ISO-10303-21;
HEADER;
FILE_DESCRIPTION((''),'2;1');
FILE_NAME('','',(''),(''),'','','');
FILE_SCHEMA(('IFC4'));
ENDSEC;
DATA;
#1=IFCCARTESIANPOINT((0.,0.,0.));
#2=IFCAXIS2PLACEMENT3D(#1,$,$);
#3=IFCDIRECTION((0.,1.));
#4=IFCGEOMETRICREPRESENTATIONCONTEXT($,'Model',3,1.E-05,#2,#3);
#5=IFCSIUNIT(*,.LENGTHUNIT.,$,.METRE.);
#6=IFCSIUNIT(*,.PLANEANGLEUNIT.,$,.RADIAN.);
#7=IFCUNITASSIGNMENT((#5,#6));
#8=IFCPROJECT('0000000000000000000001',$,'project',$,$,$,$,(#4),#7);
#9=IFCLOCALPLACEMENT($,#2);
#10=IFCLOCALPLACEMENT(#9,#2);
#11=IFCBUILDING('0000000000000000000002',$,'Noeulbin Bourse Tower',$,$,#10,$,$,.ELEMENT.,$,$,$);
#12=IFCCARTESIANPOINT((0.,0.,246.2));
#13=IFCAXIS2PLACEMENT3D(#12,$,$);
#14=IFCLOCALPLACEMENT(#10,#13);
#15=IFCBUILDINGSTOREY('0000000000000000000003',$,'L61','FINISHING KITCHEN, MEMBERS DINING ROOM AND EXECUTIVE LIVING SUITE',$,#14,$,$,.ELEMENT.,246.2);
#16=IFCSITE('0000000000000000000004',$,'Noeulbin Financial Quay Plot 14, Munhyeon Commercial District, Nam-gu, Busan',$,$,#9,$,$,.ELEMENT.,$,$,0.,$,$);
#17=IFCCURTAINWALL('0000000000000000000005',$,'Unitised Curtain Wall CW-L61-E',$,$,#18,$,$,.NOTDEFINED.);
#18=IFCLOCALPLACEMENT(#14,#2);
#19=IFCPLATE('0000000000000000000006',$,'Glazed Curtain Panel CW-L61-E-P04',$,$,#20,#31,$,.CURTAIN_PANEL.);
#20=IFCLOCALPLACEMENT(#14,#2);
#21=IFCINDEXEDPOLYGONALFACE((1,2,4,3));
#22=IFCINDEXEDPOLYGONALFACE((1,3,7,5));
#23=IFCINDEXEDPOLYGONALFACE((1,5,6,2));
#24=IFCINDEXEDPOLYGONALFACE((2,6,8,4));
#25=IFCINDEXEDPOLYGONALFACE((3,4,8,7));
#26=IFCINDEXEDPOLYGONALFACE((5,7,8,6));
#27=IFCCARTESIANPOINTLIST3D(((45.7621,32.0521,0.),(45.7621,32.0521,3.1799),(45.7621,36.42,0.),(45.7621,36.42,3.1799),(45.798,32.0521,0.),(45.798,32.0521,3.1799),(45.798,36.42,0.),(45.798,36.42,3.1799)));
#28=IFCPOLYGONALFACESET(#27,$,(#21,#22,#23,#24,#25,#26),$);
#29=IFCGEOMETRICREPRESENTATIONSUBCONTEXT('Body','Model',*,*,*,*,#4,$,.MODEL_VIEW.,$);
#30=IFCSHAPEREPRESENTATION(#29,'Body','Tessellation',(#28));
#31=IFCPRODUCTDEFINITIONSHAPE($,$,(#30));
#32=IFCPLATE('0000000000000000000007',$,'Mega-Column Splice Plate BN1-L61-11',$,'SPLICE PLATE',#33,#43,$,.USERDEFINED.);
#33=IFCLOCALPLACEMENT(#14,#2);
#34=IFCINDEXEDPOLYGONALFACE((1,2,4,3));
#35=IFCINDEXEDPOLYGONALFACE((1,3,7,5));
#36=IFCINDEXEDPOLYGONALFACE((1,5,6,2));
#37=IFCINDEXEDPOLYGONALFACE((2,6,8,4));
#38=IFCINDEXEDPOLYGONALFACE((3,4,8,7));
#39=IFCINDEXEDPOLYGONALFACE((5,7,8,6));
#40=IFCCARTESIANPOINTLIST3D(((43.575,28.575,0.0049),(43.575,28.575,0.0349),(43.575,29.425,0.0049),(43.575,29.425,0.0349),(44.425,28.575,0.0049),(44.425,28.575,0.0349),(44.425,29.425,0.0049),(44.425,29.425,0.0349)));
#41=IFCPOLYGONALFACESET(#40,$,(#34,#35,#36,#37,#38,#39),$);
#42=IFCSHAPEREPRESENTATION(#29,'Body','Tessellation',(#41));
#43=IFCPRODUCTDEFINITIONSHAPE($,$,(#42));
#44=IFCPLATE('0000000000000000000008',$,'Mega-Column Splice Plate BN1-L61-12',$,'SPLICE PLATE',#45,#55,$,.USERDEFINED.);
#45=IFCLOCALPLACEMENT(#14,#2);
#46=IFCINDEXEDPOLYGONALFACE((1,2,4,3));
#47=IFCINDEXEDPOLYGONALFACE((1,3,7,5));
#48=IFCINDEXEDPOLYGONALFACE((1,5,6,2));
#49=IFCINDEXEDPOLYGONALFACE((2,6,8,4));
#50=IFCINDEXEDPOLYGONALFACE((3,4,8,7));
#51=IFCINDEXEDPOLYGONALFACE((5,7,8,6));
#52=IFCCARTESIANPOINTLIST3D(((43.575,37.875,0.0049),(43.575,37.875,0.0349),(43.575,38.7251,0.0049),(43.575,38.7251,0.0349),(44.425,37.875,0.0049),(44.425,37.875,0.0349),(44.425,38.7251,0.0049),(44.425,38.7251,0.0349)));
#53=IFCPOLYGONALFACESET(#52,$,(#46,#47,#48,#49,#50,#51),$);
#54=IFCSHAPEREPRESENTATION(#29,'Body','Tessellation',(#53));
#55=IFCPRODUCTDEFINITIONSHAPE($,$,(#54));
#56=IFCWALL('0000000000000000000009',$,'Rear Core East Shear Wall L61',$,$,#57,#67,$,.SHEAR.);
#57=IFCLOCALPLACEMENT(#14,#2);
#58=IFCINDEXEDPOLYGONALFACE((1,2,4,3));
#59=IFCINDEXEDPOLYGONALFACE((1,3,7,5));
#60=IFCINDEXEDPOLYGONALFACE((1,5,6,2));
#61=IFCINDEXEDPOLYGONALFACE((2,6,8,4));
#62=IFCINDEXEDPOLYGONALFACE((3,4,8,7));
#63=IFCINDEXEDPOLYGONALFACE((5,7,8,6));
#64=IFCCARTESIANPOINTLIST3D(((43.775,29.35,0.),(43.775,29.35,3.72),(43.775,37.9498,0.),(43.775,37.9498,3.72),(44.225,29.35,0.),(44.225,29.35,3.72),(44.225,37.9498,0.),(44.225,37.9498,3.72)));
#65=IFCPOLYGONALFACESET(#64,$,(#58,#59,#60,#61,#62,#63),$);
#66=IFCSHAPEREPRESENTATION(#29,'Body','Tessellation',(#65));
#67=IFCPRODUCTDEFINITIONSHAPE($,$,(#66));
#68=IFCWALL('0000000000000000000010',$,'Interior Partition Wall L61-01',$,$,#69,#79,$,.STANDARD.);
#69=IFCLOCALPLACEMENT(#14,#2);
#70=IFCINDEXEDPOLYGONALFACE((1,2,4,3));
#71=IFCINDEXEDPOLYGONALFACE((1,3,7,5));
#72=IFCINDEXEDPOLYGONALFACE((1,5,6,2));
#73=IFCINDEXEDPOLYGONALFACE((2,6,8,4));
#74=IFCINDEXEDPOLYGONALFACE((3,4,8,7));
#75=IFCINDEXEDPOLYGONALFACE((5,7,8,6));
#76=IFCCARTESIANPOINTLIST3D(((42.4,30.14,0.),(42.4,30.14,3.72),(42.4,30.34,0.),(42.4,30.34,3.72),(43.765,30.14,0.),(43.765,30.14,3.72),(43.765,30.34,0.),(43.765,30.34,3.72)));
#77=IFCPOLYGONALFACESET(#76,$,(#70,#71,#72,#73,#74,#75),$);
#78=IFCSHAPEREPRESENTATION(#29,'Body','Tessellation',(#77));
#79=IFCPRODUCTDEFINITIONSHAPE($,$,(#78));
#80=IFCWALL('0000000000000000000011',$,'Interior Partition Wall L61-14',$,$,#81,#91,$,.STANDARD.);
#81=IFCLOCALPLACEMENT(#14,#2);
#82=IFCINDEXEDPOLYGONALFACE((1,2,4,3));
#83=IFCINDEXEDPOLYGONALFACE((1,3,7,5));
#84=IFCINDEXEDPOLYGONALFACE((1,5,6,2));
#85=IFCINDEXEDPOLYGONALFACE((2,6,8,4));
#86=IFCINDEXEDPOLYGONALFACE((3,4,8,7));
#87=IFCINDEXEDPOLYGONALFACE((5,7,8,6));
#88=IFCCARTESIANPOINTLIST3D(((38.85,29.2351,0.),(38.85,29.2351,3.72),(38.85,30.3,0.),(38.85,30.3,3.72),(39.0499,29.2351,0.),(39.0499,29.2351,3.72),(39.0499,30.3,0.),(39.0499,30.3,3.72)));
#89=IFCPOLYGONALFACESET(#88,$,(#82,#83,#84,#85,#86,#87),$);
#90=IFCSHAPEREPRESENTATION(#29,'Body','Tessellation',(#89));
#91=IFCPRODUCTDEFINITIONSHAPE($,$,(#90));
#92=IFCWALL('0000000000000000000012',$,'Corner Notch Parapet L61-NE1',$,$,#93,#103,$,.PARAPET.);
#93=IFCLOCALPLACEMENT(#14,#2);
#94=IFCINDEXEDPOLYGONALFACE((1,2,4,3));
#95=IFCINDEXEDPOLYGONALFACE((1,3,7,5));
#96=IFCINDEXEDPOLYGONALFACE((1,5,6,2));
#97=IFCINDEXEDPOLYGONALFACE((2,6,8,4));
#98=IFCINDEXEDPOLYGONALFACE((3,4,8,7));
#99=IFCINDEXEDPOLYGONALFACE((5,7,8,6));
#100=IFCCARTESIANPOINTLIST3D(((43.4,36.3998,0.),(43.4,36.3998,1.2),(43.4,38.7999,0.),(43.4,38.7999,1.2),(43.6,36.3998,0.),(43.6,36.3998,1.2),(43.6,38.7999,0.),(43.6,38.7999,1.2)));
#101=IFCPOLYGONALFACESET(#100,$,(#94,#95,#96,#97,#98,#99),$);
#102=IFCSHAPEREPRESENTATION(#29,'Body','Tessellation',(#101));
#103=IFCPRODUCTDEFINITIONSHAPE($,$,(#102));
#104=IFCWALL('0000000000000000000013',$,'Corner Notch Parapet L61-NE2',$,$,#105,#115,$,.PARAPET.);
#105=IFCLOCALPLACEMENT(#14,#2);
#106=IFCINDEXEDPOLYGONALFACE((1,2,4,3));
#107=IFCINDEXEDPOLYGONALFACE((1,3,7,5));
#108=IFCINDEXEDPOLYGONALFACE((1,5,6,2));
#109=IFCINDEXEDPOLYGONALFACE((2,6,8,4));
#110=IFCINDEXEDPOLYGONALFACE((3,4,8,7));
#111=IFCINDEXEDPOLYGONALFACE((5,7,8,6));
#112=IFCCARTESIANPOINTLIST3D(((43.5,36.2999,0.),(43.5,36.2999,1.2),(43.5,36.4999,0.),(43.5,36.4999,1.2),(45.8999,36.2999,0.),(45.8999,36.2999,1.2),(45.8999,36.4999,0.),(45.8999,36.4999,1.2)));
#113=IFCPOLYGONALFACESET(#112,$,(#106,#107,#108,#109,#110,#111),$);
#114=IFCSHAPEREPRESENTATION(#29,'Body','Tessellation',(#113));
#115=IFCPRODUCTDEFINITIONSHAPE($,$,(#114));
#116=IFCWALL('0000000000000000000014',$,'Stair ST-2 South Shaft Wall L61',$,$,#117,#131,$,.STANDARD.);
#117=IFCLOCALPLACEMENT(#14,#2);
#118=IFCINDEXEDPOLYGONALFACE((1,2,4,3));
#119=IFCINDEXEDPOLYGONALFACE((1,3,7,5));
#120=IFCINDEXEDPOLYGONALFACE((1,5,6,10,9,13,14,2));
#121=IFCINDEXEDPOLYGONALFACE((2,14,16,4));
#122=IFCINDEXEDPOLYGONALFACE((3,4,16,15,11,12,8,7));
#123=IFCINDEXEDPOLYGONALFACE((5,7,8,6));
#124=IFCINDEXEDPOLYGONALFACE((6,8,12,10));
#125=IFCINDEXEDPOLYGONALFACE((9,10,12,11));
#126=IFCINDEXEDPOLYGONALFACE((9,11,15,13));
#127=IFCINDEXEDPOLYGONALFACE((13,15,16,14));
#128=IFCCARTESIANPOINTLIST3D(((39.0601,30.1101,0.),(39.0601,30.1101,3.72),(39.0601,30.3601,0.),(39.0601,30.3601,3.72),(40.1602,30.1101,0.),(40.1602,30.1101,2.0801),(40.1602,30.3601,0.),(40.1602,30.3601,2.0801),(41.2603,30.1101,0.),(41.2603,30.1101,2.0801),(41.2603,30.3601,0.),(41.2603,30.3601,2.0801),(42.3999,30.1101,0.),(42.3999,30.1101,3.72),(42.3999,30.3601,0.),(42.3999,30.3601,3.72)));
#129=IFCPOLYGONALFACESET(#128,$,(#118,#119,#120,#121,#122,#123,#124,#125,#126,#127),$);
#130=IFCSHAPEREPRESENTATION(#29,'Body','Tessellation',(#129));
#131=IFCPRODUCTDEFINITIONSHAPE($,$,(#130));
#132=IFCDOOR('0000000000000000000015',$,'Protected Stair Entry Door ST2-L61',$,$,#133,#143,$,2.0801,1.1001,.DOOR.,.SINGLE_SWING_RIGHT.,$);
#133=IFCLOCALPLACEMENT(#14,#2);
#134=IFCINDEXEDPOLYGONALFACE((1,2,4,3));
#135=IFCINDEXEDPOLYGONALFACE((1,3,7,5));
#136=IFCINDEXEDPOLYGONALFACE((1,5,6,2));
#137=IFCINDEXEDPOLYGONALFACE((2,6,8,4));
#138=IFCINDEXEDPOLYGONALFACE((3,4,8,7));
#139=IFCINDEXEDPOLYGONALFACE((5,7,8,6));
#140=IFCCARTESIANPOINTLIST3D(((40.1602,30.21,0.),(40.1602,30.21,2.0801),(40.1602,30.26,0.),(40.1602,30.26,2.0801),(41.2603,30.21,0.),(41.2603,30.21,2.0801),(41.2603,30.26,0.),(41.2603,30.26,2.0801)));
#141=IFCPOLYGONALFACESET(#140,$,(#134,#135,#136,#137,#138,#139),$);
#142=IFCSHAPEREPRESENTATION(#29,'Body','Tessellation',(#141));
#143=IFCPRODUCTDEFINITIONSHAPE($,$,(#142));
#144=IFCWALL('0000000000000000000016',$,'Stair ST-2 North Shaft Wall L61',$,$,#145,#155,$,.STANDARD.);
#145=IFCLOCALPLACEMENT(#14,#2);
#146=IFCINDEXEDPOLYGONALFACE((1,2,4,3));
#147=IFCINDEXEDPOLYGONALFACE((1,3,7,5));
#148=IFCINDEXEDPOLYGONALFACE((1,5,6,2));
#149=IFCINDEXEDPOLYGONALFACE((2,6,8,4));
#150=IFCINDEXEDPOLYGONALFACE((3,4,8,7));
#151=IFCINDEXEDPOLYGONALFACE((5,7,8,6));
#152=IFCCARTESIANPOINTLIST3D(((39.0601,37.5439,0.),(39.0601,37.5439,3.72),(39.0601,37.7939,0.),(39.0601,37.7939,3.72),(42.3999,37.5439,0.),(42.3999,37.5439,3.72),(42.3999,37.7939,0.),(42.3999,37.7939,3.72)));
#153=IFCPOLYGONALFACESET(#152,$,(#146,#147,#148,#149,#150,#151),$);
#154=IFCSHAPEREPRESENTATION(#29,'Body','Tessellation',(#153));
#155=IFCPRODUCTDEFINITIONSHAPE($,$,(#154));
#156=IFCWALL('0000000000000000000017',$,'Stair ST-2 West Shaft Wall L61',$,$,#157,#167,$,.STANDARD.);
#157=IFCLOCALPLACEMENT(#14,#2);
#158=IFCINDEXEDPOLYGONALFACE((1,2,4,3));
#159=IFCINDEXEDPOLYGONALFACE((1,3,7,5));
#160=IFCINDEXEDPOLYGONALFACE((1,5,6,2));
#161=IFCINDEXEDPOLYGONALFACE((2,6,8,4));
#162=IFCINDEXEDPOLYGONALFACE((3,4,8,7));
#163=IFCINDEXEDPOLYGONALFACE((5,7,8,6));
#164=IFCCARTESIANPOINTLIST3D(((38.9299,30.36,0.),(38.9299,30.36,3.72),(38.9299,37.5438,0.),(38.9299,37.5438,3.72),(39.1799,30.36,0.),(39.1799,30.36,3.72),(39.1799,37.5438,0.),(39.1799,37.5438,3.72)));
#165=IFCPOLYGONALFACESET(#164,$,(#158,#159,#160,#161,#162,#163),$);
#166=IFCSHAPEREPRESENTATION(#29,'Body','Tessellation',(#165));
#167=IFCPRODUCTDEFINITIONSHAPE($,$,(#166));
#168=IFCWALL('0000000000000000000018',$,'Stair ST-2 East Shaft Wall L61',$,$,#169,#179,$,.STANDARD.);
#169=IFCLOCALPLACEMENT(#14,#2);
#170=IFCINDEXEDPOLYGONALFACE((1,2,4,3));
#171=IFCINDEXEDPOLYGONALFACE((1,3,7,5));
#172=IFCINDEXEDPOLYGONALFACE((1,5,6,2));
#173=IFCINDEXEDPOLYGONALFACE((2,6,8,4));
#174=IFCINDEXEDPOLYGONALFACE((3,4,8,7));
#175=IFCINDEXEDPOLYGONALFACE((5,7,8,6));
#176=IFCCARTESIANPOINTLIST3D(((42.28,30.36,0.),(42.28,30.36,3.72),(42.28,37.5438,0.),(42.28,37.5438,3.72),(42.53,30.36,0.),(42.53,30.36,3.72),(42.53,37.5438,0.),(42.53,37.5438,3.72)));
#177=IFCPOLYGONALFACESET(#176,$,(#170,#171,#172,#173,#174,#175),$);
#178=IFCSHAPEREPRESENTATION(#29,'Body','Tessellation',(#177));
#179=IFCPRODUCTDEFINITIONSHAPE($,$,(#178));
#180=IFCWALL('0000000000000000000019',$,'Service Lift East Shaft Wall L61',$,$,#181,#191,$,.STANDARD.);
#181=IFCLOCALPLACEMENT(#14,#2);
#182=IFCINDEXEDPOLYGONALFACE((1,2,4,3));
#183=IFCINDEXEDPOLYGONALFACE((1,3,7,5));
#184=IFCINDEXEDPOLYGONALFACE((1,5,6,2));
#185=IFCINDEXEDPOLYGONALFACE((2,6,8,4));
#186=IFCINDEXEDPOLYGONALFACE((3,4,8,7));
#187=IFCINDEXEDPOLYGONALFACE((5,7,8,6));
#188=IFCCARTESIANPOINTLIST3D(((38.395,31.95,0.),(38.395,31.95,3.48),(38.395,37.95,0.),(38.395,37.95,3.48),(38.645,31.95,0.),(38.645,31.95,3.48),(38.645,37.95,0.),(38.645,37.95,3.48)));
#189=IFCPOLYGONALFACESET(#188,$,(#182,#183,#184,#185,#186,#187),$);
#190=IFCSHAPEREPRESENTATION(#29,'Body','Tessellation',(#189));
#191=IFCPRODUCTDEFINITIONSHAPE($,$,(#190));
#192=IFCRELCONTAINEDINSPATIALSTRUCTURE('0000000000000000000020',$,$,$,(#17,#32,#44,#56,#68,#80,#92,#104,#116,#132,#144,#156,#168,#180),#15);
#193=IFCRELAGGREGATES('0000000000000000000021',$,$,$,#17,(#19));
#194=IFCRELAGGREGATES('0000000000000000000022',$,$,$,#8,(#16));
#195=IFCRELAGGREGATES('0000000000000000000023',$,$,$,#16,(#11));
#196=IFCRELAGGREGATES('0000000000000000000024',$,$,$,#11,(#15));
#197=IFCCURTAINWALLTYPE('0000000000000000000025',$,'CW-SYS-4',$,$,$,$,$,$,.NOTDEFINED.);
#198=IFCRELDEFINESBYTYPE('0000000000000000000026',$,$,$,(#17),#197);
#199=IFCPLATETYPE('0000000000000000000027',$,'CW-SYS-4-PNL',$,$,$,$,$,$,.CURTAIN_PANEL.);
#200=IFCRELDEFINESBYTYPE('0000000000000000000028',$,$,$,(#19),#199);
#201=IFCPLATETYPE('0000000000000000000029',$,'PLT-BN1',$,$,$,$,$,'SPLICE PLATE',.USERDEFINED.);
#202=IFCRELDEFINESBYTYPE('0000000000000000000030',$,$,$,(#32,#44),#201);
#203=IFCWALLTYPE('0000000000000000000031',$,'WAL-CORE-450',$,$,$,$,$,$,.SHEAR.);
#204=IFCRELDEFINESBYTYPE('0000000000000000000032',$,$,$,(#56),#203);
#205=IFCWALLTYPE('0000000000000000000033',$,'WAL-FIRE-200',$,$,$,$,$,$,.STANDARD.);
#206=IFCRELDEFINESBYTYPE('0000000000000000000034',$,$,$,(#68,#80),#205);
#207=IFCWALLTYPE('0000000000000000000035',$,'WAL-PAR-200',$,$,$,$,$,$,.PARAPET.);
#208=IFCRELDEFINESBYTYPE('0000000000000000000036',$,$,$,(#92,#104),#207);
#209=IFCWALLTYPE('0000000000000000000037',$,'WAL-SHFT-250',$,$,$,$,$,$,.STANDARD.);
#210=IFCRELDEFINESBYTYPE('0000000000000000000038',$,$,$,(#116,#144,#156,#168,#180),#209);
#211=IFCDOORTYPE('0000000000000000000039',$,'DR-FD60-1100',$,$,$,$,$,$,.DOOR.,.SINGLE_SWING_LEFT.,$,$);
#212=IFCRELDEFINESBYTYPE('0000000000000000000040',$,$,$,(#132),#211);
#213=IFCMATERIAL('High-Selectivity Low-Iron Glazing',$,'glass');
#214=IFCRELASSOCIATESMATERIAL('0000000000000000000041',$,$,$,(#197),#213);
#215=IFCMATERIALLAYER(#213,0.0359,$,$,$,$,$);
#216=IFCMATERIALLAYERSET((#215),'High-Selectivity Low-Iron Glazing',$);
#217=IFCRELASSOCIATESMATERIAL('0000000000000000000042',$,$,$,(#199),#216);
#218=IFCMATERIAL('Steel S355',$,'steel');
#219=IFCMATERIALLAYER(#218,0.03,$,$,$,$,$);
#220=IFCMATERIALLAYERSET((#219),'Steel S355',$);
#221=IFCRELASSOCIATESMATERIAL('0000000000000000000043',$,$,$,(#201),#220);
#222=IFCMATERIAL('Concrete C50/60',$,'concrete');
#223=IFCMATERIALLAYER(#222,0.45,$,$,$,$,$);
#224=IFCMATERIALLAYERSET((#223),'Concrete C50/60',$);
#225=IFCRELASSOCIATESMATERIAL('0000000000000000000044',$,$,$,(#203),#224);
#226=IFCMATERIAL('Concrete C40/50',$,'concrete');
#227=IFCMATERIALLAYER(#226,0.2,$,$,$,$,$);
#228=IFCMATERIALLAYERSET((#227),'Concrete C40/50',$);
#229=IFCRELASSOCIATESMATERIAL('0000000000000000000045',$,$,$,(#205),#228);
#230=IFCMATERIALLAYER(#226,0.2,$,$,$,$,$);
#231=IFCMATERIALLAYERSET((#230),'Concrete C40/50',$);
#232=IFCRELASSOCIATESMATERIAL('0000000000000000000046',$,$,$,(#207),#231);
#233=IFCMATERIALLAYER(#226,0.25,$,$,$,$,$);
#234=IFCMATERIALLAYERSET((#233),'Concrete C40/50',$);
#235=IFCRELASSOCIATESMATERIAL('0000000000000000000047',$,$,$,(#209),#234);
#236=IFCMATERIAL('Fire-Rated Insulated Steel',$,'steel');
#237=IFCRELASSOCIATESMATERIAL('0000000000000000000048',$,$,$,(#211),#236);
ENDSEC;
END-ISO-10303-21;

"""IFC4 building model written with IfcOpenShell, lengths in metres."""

from ifc_helpers import new_model, si_unit, direction, frame, frame_2d, origin, origin_2d, place, context, subcontext, project, spatial, rectangle, extrude, material, layer, layer_set, type_object, element, fill, aggregate, save


model = new_model("IFC4")

# Units and contexts
model_context = context("Model", 3, precision=1e-05, world=origin(), true_north=direction((0.0, 1.0)))
body_context = subcontext(model_context, "Body", "Model", "MODEL_VIEW")
ifc_project = project(units=[si_unit("LENGTHUNIT", "METRE"), si_unit("PLANEANGLEUNIT", "RADIAN")], contexts=[model_context])

# Site, building, storey
site_placement = place(None, origin())
site = spatial("IfcSite", under=ifc_project, at=site_placement, Name="Noeulbin Financial Quay Plot 14, Munhyeon Commercial District, Nam-gu, Busan", CompositionType="ELEMENT", RefElevation=0.0)
building_placement = place(site_placement, origin())
building = spatial("IfcBuilding", under=site, at=building_placement, Name="Noeulbin Bourse Tower", CompositionType="ELEMENT")
storey_placement = place(building_placement, frame((0.0, 0.0, 246.2)))
storey = spatial("IfcBuildingStorey", under=building, at=storey_placement, Name="L61", Description="FINISHING KITCHEN, MEMBERS DINING ROOM AND EXECUTIVE LIVING SUITE", CompositionType="ELEMENT", Elevation=246.2)

# Shared definitions
ifc_material_1 = material(Name="Steel S355", Category="steel")

# Curtain wall
ifc_material_2 = material(Name="High-Selectivity Low-Iron Glazing", Category="glass")
curtain_wall_type = type_object("IfcCurtainWallType", Name="CW-SYS-4", PredefinedType="NOTDEFINED", material=ifc_material_2)
curtain_wall_1_placement = place(storey_placement, origin())
curtain_wall_1 = element("IfcCurtainWall", 1, at=curtain_wall_1_placement, inside=storey, type_object=curtain_wall_type, Name="Unitised Curtain Wall CW-L61-E", PredefinedType="NOTDEFINED")

# Plate
ifc_layer_1 = layer(ifc_material_2, 0.0359)
ifc_layer_set_1 = layer_set([ifc_layer_1], Name="High-Selectivity Low-Iron Glazing")
plate_type_1 = type_object("IfcPlateType", Name="CW-SYS-4-PNL", PredefinedType="CURTAIN_PANEL", material=ifc_layer_set_1)
plate_1_placement = place(storey_placement, frame((45.78, 34.2361, 0.0), z_axis=(0.0, 0.0, 1.0), x_axis=(0.0, 1.0, 0.0)))
plate_1 = element("IfcPlate", 2, at=plate_1_placement, type_object=plate_type_1, Name="Glazed Curtain Panel CW-L61-E-P04", PredefinedType="CURTAIN_PANEL", context=body_context, shape_type="SweptSolid", body=[
    extrude(rectangle(XDim=4.3679, YDim=0.0359, at=origin_2d()), origin(), (0.0, 0.0, 1.0), 3.1799),
])
aggregate(curtain_wall_1, [plate_1])

# Plates
ifc_layer_2 = layer(ifc_material_1, 0.03)
ifc_layer_set_2 = layer_set([ifc_layer_2], Name="Steel S355")
plate_type_2 = type_object("IfcPlateType", Name="PLT-BN1", ElementType="SPLICE PLATE", PredefinedType="USERDEFINED", material=ifc_layer_set_2)
for number, where, z_axis, x_axis, name in (
    (3, (44.0, 29.0, 0.0049), (0.0, 0.0, 1.0), (1.0, 0.0, 0.0), "Mega-Column Splice Plate BN1-L61-11"),
    (4, (44.0, 38.3, 0.0049), (0.0, 0.0, 1.0), (1.0, 0.0, 0.0), "Mega-Column Splice Plate BN1-L61-12"),
):
    element("IfcPlate", number, at=place(storey_placement, frame(where, z_axis=z_axis, x_axis=x_axis)), inside=storey, type_object=plate_type_2, Name=name, ObjectType="SPLICE PLATE", PredefinedType="USERDEFINED", context=body_context, shape_type="SweptSolid", body=[
        extrude(rectangle(XDim=0.8501, YDim=0.8501, at=origin_2d()), origin(), (0.0, 0.0, 1.0), 0.03),
    ])

# Walls
ifc_material_3 = material(Name="Concrete C50/60", Category="concrete")
ifc_layer_3 = layer(ifc_material_3, 0.45)
ifc_layer_set_3 = layer_set([ifc_layer_3], Name="Concrete C50/60")
wall_type_1 = type_object("IfcWallType", Name="WAL-CORE-450", PredefinedType="SHEAR", material=ifc_layer_set_3)
wall_1_placement = place(storey_placement, frame((44.0, 29.3501, 0.0), z_axis=(0.0, 0.0, 1.0), x_axis=(0.0, 1.0, 0.0)))
element("IfcWall", 5, at=wall_1_placement, inside=storey, type_object=wall_type_1, Name="Rear Core East Shear Wall L61", PredefinedType="SHEAR", context=body_context, shape_type="SweptSolid", body=[
    extrude(rectangle(XDim=8.5999, YDim=0.45, at=frame_2d((4.2998, 0.0))), origin(), (0.0, 0.0, 1.0), 3.72),
])
ifc_material_4 = material(Name="Concrete C40/50", Category="concrete")
ifc_layer_4 = layer(ifc_material_4, 0.2)
ifc_layer_set_4 = layer_set([ifc_layer_4], Name="Concrete C40/50")
wall_type_2 = type_object("IfcWallType", Name="WAL-FIRE-200", PredefinedType="STANDARD", material=ifc_layer_set_4)
wall_2_placement = place(storey_placement, frame((42.3999, 30.24, 0.0), z_axis=(0.0, 0.0, 1.0), x_axis=(1.0, 0.0, 0.0)))
element("IfcWall", 6, at=wall_2_placement, inside=storey, type_object=wall_type_2, Name="Interior Partition Wall L61-01", PredefinedType="STANDARD", context=body_context, shape_type="SweptSolid", body=[
    extrude(rectangle(XDim=1.365, YDim=0.2, at=frame_2d((0.6826, 0.0))), origin(), (0.0, 0.0, 1.0), 3.72),
])
wall_3_placement = place(storey_placement, frame((38.95, 29.2351, 0.0), z_axis=(0.0, 0.0, 1.0), x_axis=(0.0, 1.0, 0.0)))
element("IfcWall", 7, at=wall_3_placement, inside=storey, type_object=wall_type_2, Name="Interior Partition Wall L61-14", PredefinedType="STANDARD", context=body_context, shape_type="SweptSolid", body=[
    extrude(rectangle(XDim=1.0649, YDim=0.2, at=frame_2d((0.5325, 0.0))), origin(), (0.0, 0.0, 1.0), 3.72),
])
ifc_layer_5 = layer(ifc_material_4, 0.2)
ifc_layer_set_5 = layer_set([ifc_layer_5], Name="Concrete C40/50")
wall_type_3 = type_object("IfcWallType", Name="WAL-PAR-200", PredefinedType="PARAPET", material=ifc_layer_set_5)
wall_4_placement = place(storey_placement, frame((43.5, 38.8, 0.0), z_axis=(0.0, 0.0, 1.0), x_axis=(0.0, -1.0, 0.0)))
element("IfcWall", 8, at=wall_4_placement, inside=storey, type_object=wall_type_3, Name="Corner Notch Parapet L61-NE1", PredefinedType="PARAPET", context=body_context, shape_type="SweptSolid", body=[
    extrude(rectangle(XDim=2.4001, YDim=0.2, at=frame_2d((1.2002, 0.0))), origin(), (0.0, 0.0, 1.0), 1.2),
])
wall_5_placement = place(storey_placement, frame((43.5, 36.3999, 0.0), z_axis=(0.0, 0.0, 1.0), x_axis=(1.0, 0.0, 0.0)))
element("IfcWall", 9, at=wall_5_placement, inside=storey, type_object=wall_type_3, Name="Corner Notch Parapet L61-NE2", PredefinedType="PARAPET", context=body_context, shape_type="SweptSolid", body=[
    extrude(rectangle(XDim=2.3999, YDim=0.2, at=frame_2d((1.2, 0.0))), origin(), (0.0, 0.0, 1.0), 1.2),
])

# Wall, opening, door
ifc_layer_6 = layer(ifc_material_4, 0.25)
ifc_layer_set_6 = layer_set([ifc_layer_6], Name="Concrete C40/50")
wall_type_4 = type_object("IfcWallType", Name="WAL-SHFT-250", PredefinedType="STANDARD", material=ifc_layer_set_6)
wall_6_placement = place(storey_placement, frame((39.0601, 30.2351, 0.0), z_axis=(0.0, 0.0, 1.0), x_axis=(1.0, 0.0, 0.0)))
wall_6 = element("IfcWall", 10, at=wall_6_placement, inside=storey, type_object=wall_type_4, Name="Stair ST-2 South Shaft Wall L61", PredefinedType="STANDARD", context=body_context, shape_type="SweptSolid", body=[
    extrude(rectangle(XDim=3.3398, YDim=0.25, at=frame_2d((1.6699, 0.0))), origin(), (0.0, 0.0, 1.0), 3.72),
])
opening_placement = place(wall_6_placement, frame((1.1001, 0.0, 0.0)))
opening = element("IfcOpeningElement", 11, at=opening_placement, cuts=wall_6, PredefinedType="OPENING", context=body_context, shape_type="SweptSolid", body=[
    extrude(rectangle(XDim=1.1001, YDim=2.0801, at=frame_2d((0.55, 1.04))), frame((0.0, 0.135, 0.0), z_axis=(0.0, -1.0, 0.0), x_axis=(1.0, 0.0, 0.0)), (0.0, 0.0, 1.0), 0.27),
])
ifc_material_5 = material(Name="Fire-Rated Insulated Steel", Category="steel")
door_type = type_object("IfcDoorType", Name="DR-FD60-1100", OperationType="SINGLE_SWING_LEFT", PredefinedType="DOOR", material=ifc_material_5)
door_placement = place(opening_placement, origin())
door = element("IfcDoor", 12, at=door_placement, inside=storey, type_object=door_type, Name="Protected Stair Entry Door ST2-L61", OperationType="SINGLE_SWING_RIGHT", OverallHeight=2.0801, OverallWidth=1.1001, PredefinedType="DOOR", context=body_context, shape_type="SweptSolid", body=[
    extrude(rectangle(XDim=1.1001, YDim=2.0801, at=frame_2d((0.55, 1.04))), frame((0.0, 0.0249, 0.0), z_axis=(0.0, -1.0, 0.0), x_axis=(1.0, 0.0, 0.0)), (0.0, 0.0, 1.0), 0.05),
])
fill(opening, door)

# Walls
wall_7_placement = place(storey_placement, frame((39.0601, 37.6689, 0.0), z_axis=(0.0, 0.0, 1.0), x_axis=(1.0, 0.0, 0.0)))
element("IfcWall", 13, at=wall_7_placement, inside=storey, type_object=wall_type_4, Name="Stair ST-2 North Shaft Wall L61", PredefinedType="STANDARD", context=body_context, shape_type="SweptSolid", body=[
    extrude(rectangle(XDim=3.3398, YDim=0.25, at=frame_2d((1.6699, 0.0))), origin(), (0.0, 0.0, 1.0), 3.72),
])
for number, where, z_axis, x_axis, name in (
    (14, (39.0549, 30.3601, 0.0), (0.0, 0.0, 1.0), (0.0, 1.0, 0.0), "Stair ST-2 West Shaft Wall L61"),
    (15, (42.405, 30.3601, 0.0), (0.0, 0.0, 1.0), (0.0, 1.0, 0.0), "Stair ST-2 East Shaft Wall L61"),
):
    element("IfcWall", number, at=place(storey_placement, frame(where, z_axis=z_axis, x_axis=x_axis)), inside=storey, type_object=wall_type_4, Name=name, PredefinedType="STANDARD", context=body_context, shape_type="SweptSolid", body=[
        extrude(rectangle(XDim=7.1838, YDim=0.25, at=frame_2d((3.5918, 0.0))), origin(), (0.0, 0.0, 1.0), 3.72),
    ])
wall_8_placement = place(storey_placement, frame((38.52, 31.95, 0.0), z_axis=(0.0, 0.0, 1.0), x_axis=(0.0, 1.0, 0.0)))
element("IfcWall", 16, at=wall_8_placement, inside=storey, type_object=wall_type_4, Name="Service Lift East Shaft Wall L61", PredefinedType="STANDARD", context=body_context, shape_type="SweptSolid", body=[
    extrude(rectangle(XDim=6.0, YDim=0.25, at=frame_2d((3.0, 0.0))), origin(), (0.0, 0.0, 1.0), 3.48),
])

save(model, "model.ifc")
